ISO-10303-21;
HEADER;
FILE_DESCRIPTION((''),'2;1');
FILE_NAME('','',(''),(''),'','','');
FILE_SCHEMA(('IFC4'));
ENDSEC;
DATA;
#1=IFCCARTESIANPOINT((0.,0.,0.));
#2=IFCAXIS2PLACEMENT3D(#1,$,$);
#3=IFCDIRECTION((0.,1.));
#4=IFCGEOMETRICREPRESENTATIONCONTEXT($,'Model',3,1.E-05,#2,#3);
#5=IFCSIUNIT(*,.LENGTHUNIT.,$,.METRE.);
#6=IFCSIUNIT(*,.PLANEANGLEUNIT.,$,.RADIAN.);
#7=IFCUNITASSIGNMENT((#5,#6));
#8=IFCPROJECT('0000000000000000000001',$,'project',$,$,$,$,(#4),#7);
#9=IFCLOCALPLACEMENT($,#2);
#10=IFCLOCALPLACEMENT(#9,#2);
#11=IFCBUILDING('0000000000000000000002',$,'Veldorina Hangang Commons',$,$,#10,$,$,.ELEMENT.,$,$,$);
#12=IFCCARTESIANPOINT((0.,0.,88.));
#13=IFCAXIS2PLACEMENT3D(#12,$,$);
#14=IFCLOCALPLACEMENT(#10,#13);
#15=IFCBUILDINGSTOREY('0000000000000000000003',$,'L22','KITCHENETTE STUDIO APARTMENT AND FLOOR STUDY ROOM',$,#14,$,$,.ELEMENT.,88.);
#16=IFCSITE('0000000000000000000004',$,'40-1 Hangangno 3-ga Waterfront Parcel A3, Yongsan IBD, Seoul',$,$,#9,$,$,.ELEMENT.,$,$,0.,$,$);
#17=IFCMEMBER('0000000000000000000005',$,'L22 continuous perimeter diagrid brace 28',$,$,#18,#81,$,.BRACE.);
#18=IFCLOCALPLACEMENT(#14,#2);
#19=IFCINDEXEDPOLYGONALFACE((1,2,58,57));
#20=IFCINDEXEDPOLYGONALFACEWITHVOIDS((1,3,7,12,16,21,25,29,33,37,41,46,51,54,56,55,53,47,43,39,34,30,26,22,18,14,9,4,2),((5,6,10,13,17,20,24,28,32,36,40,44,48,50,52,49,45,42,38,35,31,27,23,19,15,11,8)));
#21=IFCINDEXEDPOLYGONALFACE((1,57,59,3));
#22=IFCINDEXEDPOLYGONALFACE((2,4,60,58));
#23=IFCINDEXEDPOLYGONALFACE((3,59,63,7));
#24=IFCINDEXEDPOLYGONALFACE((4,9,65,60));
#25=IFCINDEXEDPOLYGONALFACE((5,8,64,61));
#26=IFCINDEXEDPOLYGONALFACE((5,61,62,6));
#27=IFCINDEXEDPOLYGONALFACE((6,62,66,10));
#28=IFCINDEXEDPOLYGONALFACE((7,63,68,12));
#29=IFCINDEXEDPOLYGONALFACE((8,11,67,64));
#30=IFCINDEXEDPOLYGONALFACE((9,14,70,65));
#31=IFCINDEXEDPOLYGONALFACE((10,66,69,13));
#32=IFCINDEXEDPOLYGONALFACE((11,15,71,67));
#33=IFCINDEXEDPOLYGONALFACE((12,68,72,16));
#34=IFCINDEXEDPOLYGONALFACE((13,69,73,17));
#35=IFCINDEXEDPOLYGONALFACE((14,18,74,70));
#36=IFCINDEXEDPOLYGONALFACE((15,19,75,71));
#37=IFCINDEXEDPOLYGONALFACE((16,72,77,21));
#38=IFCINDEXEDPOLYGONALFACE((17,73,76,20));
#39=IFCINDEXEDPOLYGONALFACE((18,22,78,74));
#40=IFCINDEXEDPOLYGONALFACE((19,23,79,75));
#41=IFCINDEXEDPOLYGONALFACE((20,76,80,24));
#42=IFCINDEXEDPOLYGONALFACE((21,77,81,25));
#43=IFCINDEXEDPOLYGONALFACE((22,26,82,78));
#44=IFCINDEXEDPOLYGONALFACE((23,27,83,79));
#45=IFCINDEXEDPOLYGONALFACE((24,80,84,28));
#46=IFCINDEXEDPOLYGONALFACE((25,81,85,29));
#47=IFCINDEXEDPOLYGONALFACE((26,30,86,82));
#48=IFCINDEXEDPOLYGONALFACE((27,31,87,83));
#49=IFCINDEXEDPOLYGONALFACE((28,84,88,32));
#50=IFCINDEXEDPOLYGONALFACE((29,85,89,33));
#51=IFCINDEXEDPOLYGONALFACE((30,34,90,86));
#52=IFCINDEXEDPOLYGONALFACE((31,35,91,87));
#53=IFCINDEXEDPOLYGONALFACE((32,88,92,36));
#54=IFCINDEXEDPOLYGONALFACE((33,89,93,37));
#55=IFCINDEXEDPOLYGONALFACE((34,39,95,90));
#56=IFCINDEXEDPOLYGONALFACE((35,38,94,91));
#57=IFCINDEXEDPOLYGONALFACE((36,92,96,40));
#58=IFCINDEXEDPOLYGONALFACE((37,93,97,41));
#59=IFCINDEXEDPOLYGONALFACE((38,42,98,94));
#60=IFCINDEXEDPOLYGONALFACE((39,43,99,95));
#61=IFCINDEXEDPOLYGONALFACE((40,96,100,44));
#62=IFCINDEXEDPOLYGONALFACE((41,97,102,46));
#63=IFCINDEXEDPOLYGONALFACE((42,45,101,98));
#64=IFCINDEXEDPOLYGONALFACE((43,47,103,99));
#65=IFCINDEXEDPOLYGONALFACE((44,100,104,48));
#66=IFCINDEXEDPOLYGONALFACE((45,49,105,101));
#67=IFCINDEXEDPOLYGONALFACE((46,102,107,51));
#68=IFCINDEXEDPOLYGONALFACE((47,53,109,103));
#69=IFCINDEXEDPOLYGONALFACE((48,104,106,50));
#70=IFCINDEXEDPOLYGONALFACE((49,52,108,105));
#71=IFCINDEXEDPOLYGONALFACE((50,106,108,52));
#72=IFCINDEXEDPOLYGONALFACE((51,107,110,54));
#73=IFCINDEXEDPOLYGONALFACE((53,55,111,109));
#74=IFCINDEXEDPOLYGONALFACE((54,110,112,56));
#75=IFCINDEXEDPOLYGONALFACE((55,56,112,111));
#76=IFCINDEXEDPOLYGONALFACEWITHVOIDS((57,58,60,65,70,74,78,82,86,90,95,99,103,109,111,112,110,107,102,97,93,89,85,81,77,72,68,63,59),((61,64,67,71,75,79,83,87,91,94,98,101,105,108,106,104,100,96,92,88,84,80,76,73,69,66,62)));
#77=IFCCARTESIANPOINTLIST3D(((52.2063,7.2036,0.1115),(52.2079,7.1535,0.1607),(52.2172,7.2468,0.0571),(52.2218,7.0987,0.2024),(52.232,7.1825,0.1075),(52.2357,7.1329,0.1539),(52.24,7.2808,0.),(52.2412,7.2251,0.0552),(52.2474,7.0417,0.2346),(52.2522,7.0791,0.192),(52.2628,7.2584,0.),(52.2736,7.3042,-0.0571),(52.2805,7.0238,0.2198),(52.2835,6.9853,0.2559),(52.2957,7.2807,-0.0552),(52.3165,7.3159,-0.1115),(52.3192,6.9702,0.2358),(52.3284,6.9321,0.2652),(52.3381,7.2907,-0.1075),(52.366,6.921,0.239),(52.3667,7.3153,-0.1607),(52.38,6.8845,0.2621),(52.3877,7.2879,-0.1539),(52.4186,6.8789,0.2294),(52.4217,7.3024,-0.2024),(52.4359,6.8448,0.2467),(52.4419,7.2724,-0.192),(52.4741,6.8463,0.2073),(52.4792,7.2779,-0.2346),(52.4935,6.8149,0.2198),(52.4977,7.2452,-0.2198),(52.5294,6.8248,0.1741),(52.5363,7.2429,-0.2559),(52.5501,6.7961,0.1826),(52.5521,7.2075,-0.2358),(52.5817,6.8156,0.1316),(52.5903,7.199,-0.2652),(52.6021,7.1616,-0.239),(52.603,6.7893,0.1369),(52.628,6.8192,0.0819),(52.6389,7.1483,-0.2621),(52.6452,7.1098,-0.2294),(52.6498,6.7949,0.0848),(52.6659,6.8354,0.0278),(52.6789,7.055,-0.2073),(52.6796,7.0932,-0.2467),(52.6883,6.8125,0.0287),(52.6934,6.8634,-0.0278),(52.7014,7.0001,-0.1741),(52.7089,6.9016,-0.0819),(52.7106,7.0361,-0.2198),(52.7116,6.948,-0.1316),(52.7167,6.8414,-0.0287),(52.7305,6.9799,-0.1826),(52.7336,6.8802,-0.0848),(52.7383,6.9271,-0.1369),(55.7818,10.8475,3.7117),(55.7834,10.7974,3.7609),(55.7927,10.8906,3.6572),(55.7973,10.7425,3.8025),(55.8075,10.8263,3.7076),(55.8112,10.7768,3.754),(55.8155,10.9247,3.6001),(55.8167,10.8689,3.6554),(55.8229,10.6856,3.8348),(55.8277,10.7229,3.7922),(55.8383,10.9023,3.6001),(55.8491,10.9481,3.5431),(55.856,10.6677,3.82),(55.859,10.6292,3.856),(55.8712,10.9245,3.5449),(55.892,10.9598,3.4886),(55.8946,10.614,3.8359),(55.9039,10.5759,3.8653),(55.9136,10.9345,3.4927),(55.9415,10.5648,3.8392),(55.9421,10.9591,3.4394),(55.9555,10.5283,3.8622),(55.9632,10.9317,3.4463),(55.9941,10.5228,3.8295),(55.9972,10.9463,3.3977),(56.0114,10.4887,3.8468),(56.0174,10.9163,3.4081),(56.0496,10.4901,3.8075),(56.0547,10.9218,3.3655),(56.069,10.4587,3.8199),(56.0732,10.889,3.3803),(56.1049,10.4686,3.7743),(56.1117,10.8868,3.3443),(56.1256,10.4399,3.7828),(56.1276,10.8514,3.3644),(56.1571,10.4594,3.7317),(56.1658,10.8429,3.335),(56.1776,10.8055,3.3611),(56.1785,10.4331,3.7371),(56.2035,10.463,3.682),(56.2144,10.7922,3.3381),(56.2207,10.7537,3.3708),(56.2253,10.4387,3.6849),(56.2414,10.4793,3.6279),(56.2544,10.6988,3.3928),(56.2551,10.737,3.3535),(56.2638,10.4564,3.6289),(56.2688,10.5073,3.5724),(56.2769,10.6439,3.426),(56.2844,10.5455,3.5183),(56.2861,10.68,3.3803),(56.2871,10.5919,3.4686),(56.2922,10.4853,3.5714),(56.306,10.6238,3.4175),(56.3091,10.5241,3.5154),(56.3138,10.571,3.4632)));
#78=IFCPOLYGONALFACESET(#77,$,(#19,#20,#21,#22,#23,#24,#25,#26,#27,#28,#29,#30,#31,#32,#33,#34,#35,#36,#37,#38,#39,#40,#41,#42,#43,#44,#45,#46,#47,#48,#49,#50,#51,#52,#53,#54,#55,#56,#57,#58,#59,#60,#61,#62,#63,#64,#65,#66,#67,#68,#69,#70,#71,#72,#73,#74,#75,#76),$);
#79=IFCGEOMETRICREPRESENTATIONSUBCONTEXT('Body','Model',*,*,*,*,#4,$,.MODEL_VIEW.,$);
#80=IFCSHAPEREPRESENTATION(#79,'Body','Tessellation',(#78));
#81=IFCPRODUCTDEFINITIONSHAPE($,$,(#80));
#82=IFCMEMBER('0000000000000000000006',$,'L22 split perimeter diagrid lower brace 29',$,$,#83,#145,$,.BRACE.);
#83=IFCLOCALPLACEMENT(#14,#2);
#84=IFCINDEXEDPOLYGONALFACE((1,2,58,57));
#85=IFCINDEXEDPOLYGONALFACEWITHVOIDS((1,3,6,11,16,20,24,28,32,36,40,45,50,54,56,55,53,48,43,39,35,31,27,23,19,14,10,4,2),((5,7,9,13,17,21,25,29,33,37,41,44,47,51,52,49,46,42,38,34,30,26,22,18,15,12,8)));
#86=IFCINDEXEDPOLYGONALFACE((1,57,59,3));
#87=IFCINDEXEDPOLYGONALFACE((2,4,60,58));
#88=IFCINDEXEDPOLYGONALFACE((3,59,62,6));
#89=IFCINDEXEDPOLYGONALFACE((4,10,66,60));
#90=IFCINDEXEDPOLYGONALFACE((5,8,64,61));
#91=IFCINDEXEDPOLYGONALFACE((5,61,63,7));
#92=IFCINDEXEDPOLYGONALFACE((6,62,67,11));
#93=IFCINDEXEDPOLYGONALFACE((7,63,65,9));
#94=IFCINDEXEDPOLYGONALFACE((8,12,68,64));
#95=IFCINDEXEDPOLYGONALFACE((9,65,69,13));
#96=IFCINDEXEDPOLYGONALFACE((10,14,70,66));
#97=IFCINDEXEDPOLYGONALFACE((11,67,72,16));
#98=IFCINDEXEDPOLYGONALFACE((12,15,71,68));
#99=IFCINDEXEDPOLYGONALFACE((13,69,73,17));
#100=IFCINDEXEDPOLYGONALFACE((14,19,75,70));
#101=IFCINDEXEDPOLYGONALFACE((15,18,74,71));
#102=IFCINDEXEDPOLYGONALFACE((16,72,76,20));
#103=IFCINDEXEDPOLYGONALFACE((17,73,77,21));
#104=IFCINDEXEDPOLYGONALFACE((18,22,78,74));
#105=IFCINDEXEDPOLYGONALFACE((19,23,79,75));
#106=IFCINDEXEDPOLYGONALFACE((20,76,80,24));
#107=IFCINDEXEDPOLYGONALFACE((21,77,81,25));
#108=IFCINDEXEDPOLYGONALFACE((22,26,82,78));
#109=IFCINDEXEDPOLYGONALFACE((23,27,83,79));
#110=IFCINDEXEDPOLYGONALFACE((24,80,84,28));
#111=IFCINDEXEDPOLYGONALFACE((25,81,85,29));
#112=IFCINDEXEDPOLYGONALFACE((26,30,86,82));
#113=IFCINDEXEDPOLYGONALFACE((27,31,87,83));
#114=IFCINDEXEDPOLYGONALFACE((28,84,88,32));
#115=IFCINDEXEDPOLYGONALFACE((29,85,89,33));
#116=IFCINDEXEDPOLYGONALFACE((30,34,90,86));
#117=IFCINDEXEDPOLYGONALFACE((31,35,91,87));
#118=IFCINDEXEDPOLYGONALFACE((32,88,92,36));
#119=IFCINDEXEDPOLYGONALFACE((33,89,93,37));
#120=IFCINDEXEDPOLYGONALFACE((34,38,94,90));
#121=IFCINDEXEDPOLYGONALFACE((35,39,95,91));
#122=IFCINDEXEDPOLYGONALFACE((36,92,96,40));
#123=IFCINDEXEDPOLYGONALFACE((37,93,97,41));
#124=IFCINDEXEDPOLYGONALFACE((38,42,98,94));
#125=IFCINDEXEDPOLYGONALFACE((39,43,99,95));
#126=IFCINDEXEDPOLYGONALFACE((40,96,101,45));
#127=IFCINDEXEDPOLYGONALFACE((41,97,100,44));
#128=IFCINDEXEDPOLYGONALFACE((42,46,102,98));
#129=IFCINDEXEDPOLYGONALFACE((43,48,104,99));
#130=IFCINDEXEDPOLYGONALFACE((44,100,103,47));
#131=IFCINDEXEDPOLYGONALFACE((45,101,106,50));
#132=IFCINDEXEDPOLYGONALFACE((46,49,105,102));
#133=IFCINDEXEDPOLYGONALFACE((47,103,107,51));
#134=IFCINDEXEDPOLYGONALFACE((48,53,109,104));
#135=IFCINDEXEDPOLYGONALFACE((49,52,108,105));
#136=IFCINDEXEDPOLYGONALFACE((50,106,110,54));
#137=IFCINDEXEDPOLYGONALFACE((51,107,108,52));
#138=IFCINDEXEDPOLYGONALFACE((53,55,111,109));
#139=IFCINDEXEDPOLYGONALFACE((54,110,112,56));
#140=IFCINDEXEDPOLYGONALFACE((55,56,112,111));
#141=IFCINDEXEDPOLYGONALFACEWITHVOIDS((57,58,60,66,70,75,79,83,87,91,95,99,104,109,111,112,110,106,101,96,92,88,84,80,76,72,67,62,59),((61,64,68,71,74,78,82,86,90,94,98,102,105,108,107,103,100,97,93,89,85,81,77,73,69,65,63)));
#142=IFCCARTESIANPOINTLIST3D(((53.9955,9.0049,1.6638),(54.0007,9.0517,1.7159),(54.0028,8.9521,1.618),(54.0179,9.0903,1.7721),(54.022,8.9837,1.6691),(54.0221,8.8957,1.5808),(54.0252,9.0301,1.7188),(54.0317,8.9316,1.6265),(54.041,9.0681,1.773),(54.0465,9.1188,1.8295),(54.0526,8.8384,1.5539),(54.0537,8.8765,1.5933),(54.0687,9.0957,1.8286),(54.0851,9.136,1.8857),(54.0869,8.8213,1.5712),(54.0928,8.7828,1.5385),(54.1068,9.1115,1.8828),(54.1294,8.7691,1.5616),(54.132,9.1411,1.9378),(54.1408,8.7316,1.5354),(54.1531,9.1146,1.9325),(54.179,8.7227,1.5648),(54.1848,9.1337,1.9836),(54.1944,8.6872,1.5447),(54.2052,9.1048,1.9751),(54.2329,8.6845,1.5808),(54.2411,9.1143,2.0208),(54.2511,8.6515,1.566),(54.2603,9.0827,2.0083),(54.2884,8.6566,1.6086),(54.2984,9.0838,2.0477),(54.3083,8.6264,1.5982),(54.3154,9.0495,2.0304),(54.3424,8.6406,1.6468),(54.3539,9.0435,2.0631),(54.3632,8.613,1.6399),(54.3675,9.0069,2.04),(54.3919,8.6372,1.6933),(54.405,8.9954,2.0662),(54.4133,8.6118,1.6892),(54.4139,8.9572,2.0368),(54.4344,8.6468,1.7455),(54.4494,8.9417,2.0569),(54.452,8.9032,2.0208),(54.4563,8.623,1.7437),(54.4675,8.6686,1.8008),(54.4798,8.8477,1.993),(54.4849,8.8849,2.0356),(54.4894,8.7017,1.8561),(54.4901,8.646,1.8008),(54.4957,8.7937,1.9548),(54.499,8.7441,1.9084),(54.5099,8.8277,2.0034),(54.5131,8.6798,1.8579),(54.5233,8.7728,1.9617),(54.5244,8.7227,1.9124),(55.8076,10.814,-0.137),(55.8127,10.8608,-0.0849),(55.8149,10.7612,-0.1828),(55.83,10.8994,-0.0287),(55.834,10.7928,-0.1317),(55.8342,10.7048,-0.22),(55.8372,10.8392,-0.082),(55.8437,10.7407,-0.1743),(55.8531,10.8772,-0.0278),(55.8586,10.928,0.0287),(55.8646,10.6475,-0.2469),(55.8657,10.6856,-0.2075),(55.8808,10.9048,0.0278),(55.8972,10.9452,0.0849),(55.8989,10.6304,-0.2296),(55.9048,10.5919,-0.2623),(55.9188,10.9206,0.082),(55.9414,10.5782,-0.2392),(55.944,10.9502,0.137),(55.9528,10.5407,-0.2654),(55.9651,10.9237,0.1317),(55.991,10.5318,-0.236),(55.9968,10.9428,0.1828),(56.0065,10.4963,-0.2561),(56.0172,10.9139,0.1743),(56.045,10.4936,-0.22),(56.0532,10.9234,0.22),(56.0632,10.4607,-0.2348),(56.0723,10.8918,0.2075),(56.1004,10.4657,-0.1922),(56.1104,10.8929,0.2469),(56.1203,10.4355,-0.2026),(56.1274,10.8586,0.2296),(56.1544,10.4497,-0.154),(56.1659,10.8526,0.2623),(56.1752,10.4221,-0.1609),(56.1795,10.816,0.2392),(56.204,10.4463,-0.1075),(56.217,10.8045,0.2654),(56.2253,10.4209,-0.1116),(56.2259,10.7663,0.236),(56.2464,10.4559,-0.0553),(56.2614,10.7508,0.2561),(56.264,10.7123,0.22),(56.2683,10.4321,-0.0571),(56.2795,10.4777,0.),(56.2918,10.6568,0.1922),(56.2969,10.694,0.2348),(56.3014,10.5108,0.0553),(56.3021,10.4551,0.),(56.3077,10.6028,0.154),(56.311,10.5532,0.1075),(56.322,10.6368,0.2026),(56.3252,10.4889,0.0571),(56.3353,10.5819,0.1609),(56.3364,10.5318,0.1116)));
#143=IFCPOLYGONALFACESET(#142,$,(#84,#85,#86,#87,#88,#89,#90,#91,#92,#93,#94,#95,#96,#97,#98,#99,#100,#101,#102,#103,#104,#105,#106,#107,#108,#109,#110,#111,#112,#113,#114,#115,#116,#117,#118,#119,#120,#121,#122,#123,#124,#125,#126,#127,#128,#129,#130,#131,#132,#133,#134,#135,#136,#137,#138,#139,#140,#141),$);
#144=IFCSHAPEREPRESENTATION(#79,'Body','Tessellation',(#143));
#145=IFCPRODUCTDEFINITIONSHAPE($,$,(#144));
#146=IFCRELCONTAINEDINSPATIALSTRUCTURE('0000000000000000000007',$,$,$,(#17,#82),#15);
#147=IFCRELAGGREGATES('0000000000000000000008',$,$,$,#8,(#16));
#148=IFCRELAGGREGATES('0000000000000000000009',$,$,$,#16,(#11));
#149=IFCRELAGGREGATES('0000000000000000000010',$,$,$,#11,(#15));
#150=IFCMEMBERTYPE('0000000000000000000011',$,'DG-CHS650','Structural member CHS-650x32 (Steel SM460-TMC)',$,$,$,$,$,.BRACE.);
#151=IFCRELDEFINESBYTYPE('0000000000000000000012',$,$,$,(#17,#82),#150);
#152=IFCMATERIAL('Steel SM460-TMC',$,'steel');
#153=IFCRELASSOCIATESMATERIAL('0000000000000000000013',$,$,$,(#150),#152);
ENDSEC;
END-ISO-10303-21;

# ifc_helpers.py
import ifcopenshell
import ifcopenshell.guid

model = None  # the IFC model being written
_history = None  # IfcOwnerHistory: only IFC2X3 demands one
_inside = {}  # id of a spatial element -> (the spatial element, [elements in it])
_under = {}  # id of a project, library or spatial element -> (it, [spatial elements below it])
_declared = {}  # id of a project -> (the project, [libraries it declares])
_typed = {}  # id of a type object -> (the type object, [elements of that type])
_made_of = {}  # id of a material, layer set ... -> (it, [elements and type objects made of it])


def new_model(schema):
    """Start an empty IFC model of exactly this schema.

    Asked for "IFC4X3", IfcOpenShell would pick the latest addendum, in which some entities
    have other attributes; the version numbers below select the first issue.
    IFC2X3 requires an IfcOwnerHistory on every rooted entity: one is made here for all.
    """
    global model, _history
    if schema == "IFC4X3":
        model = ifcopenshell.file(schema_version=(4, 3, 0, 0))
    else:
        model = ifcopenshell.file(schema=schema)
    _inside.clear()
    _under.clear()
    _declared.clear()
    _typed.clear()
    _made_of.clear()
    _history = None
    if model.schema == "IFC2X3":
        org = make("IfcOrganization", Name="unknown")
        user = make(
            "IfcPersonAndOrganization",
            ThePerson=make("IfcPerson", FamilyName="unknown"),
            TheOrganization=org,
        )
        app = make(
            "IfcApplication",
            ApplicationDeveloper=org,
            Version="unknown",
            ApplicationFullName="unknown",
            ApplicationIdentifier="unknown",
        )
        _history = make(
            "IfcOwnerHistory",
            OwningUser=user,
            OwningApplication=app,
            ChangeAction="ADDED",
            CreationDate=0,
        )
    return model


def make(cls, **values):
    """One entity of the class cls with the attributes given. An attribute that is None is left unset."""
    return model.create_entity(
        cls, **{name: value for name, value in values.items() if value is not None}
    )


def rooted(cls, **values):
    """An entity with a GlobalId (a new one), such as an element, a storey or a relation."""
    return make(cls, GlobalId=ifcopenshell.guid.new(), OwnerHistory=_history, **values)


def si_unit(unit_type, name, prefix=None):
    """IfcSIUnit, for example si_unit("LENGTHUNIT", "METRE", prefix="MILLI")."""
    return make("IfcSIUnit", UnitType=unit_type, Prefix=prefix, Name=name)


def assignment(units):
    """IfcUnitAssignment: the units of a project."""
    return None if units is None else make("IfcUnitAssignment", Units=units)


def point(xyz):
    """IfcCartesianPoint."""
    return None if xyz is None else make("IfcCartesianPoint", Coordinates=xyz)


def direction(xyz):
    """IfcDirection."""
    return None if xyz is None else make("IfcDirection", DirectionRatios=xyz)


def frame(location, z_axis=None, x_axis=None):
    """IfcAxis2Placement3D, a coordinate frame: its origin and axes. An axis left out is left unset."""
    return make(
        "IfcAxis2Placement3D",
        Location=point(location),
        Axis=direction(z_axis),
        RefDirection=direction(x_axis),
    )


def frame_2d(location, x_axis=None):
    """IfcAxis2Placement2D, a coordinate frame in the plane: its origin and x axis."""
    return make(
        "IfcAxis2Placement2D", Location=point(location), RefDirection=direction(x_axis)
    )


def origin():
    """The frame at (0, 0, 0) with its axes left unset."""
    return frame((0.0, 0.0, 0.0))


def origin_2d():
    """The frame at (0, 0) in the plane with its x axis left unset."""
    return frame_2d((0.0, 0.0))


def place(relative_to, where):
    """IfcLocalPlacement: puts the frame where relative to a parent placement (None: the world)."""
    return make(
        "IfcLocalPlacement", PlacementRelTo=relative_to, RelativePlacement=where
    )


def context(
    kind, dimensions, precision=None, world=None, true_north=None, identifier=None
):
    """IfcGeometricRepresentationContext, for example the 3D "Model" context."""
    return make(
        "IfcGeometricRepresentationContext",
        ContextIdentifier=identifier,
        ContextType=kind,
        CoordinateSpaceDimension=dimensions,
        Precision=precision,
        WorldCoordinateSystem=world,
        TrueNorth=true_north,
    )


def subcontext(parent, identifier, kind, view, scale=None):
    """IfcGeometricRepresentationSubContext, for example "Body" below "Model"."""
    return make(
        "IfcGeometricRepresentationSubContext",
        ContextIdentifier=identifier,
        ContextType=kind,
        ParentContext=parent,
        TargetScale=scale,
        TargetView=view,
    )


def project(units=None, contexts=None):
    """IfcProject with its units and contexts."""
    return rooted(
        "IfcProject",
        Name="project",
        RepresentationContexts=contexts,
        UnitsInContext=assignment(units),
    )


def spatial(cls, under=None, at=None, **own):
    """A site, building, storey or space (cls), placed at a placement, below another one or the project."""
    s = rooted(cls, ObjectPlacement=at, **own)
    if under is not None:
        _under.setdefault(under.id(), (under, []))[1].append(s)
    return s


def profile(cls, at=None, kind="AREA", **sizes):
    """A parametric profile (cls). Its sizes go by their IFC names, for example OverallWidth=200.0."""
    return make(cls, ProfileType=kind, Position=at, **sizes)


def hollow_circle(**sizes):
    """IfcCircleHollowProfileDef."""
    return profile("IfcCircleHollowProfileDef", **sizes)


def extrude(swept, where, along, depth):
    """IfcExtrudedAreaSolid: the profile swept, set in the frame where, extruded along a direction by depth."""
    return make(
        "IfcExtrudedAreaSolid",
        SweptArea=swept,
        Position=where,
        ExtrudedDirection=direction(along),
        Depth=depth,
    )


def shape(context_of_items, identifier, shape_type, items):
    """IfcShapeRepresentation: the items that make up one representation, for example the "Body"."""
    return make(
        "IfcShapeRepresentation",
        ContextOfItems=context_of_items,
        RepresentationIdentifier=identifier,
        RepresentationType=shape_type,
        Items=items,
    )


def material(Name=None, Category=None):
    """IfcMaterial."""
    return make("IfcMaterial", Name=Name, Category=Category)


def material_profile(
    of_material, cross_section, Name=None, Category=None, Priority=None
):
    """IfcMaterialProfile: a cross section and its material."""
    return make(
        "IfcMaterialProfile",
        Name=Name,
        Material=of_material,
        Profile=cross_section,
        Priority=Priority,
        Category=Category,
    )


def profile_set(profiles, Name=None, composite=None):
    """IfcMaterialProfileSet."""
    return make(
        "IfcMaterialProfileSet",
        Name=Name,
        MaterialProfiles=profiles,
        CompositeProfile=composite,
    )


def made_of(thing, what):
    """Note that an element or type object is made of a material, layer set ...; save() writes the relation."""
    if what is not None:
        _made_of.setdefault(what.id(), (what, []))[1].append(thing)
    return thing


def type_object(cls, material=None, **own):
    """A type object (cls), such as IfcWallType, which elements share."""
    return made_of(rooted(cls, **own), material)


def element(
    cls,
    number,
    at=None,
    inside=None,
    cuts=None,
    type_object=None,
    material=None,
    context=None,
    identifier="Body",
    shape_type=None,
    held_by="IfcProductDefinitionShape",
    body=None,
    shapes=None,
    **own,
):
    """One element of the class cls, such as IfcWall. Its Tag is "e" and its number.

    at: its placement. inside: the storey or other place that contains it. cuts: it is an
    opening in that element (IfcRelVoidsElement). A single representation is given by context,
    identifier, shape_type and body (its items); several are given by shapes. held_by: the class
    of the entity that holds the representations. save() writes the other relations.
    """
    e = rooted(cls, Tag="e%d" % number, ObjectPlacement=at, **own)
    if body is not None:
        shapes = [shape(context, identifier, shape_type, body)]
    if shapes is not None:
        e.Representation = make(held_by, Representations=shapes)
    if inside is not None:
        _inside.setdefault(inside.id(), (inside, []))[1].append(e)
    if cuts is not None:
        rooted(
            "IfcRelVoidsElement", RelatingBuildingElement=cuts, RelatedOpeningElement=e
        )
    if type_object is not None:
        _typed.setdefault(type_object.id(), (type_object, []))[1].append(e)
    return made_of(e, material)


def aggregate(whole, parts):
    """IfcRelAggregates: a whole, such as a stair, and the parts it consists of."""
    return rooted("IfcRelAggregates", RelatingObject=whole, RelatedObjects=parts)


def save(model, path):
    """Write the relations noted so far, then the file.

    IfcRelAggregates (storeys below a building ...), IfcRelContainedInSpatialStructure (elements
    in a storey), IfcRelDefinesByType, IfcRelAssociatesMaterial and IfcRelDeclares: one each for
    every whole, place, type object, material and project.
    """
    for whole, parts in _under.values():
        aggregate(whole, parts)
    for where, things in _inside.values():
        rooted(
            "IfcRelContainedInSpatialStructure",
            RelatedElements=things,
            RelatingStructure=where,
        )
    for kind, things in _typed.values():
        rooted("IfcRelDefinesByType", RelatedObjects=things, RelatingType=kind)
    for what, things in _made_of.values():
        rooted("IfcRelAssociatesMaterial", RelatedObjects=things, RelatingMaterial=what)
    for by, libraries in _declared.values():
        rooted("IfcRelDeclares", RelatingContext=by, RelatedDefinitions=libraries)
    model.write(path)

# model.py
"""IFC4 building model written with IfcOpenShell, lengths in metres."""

from ifc_helpers import new_model, si_unit, direction, frame, origin, origin_2d, place, context, subcontext, project, spatial, hollow_circle, extrude, material, material_profile, profile_set, type_object, element, save


model = new_model("IFC4")

# Units and contexts
model_context = context("Model", 3, precision=1e-05, world=origin(), true_north=direction((0.0, 1.0)))
body_context = subcontext(model_context, "Body", "Model", "MODEL_VIEW")
ifc_project = project(units=[si_unit("LENGTHUNIT", "METRE"), si_unit("PLANEANGLEUNIT", "RADIAN")], contexts=[model_context])

# Site, building, storey
site_placement = place(None, origin())
site = spatial("IfcSite", under=ifc_project, at=site_placement, Name="40-1 Hangangno 3-ga Waterfront Parcel A3, Yongsan IBD, Seoul", CompositionType="ELEMENT", RefElevation=0.0)
building_placement = place(site_placement, origin())
building = spatial("IfcBuilding", under=site, at=building_placement, Name="Veldorina Hangang Commons", CompositionType="ELEMENT")
storey_placement = place(building_placement, frame((0.0, 0.0, 88.0)))
storey = spatial("IfcBuildingStorey", under=building, at=storey_placement, Name="L22", Description="KITCHENETTE STUDIO APARTMENT AND FLOOR STUDY ROOM", CompositionType="ELEMENT", Elevation=88.0)

# Members
ifc_material_1 = material(Name="Steel SM460-TMC", Category="steel")
ifc_material_profile_1 = material_profile(ifc_material_1, hollow_circle(Radius=0.325, WallThickness=0.032, at=origin_2d()), Name="CHS-650x32")
ifc_profile_set_1 = profile_set([ifc_material_profile_1], Name="Steel SM460-TMC")
member_type_1 = type_object("IfcMemberType", Name="DG-CHS650", Description="Structural member CHS-650x32 (Steel SM460-TMC)", PredefinedType="BRACE", material=ifc_profile_set_1)
member_1_placement = place(storey_placement, frame((52.4719, 7.0532, 0.0), z_axis=(0.572369, 0.583312, 0.576316), x_axis=(-0.71377, 0.70038, 0.0)))
element("IfcMember", 1, at=member_1_placement, inside=storey, type_object=member_type_1, Name="L22 continuous perimeter diagrid brace 28", PredefinedType="BRACE", context=body_context, shape_type="SweptSolid", body=[
    extrude(hollow_circle(Radius=0.325, WallThickness=0.032, at=origin_2d()), origin(), (0.0, 0.0, 1.0), 6.2468),
])
member_2_placement = place(storey_placement, frame((56.0725, 10.6851, 0.0), z_axis=(-0.578856, -0.57792, 0.575268), x_axis=(0.706534, -0.707679, 0.0)))
element("IfcMember", 2, at=member_2_placement, inside=storey, type_object=member_type_1, Name="L22 split perimeter diagrid lower brace 29", PredefinedType="BRACE", context=body_context, shape_type="SweptSolid", body=[
    extrude(hollow_circle(Radius=0.325, WallThickness=0.032, at=origin_2d()), origin(), (0.0, 0.0, 1.0), 3.1304),
])

save(model, "model.ifc")
